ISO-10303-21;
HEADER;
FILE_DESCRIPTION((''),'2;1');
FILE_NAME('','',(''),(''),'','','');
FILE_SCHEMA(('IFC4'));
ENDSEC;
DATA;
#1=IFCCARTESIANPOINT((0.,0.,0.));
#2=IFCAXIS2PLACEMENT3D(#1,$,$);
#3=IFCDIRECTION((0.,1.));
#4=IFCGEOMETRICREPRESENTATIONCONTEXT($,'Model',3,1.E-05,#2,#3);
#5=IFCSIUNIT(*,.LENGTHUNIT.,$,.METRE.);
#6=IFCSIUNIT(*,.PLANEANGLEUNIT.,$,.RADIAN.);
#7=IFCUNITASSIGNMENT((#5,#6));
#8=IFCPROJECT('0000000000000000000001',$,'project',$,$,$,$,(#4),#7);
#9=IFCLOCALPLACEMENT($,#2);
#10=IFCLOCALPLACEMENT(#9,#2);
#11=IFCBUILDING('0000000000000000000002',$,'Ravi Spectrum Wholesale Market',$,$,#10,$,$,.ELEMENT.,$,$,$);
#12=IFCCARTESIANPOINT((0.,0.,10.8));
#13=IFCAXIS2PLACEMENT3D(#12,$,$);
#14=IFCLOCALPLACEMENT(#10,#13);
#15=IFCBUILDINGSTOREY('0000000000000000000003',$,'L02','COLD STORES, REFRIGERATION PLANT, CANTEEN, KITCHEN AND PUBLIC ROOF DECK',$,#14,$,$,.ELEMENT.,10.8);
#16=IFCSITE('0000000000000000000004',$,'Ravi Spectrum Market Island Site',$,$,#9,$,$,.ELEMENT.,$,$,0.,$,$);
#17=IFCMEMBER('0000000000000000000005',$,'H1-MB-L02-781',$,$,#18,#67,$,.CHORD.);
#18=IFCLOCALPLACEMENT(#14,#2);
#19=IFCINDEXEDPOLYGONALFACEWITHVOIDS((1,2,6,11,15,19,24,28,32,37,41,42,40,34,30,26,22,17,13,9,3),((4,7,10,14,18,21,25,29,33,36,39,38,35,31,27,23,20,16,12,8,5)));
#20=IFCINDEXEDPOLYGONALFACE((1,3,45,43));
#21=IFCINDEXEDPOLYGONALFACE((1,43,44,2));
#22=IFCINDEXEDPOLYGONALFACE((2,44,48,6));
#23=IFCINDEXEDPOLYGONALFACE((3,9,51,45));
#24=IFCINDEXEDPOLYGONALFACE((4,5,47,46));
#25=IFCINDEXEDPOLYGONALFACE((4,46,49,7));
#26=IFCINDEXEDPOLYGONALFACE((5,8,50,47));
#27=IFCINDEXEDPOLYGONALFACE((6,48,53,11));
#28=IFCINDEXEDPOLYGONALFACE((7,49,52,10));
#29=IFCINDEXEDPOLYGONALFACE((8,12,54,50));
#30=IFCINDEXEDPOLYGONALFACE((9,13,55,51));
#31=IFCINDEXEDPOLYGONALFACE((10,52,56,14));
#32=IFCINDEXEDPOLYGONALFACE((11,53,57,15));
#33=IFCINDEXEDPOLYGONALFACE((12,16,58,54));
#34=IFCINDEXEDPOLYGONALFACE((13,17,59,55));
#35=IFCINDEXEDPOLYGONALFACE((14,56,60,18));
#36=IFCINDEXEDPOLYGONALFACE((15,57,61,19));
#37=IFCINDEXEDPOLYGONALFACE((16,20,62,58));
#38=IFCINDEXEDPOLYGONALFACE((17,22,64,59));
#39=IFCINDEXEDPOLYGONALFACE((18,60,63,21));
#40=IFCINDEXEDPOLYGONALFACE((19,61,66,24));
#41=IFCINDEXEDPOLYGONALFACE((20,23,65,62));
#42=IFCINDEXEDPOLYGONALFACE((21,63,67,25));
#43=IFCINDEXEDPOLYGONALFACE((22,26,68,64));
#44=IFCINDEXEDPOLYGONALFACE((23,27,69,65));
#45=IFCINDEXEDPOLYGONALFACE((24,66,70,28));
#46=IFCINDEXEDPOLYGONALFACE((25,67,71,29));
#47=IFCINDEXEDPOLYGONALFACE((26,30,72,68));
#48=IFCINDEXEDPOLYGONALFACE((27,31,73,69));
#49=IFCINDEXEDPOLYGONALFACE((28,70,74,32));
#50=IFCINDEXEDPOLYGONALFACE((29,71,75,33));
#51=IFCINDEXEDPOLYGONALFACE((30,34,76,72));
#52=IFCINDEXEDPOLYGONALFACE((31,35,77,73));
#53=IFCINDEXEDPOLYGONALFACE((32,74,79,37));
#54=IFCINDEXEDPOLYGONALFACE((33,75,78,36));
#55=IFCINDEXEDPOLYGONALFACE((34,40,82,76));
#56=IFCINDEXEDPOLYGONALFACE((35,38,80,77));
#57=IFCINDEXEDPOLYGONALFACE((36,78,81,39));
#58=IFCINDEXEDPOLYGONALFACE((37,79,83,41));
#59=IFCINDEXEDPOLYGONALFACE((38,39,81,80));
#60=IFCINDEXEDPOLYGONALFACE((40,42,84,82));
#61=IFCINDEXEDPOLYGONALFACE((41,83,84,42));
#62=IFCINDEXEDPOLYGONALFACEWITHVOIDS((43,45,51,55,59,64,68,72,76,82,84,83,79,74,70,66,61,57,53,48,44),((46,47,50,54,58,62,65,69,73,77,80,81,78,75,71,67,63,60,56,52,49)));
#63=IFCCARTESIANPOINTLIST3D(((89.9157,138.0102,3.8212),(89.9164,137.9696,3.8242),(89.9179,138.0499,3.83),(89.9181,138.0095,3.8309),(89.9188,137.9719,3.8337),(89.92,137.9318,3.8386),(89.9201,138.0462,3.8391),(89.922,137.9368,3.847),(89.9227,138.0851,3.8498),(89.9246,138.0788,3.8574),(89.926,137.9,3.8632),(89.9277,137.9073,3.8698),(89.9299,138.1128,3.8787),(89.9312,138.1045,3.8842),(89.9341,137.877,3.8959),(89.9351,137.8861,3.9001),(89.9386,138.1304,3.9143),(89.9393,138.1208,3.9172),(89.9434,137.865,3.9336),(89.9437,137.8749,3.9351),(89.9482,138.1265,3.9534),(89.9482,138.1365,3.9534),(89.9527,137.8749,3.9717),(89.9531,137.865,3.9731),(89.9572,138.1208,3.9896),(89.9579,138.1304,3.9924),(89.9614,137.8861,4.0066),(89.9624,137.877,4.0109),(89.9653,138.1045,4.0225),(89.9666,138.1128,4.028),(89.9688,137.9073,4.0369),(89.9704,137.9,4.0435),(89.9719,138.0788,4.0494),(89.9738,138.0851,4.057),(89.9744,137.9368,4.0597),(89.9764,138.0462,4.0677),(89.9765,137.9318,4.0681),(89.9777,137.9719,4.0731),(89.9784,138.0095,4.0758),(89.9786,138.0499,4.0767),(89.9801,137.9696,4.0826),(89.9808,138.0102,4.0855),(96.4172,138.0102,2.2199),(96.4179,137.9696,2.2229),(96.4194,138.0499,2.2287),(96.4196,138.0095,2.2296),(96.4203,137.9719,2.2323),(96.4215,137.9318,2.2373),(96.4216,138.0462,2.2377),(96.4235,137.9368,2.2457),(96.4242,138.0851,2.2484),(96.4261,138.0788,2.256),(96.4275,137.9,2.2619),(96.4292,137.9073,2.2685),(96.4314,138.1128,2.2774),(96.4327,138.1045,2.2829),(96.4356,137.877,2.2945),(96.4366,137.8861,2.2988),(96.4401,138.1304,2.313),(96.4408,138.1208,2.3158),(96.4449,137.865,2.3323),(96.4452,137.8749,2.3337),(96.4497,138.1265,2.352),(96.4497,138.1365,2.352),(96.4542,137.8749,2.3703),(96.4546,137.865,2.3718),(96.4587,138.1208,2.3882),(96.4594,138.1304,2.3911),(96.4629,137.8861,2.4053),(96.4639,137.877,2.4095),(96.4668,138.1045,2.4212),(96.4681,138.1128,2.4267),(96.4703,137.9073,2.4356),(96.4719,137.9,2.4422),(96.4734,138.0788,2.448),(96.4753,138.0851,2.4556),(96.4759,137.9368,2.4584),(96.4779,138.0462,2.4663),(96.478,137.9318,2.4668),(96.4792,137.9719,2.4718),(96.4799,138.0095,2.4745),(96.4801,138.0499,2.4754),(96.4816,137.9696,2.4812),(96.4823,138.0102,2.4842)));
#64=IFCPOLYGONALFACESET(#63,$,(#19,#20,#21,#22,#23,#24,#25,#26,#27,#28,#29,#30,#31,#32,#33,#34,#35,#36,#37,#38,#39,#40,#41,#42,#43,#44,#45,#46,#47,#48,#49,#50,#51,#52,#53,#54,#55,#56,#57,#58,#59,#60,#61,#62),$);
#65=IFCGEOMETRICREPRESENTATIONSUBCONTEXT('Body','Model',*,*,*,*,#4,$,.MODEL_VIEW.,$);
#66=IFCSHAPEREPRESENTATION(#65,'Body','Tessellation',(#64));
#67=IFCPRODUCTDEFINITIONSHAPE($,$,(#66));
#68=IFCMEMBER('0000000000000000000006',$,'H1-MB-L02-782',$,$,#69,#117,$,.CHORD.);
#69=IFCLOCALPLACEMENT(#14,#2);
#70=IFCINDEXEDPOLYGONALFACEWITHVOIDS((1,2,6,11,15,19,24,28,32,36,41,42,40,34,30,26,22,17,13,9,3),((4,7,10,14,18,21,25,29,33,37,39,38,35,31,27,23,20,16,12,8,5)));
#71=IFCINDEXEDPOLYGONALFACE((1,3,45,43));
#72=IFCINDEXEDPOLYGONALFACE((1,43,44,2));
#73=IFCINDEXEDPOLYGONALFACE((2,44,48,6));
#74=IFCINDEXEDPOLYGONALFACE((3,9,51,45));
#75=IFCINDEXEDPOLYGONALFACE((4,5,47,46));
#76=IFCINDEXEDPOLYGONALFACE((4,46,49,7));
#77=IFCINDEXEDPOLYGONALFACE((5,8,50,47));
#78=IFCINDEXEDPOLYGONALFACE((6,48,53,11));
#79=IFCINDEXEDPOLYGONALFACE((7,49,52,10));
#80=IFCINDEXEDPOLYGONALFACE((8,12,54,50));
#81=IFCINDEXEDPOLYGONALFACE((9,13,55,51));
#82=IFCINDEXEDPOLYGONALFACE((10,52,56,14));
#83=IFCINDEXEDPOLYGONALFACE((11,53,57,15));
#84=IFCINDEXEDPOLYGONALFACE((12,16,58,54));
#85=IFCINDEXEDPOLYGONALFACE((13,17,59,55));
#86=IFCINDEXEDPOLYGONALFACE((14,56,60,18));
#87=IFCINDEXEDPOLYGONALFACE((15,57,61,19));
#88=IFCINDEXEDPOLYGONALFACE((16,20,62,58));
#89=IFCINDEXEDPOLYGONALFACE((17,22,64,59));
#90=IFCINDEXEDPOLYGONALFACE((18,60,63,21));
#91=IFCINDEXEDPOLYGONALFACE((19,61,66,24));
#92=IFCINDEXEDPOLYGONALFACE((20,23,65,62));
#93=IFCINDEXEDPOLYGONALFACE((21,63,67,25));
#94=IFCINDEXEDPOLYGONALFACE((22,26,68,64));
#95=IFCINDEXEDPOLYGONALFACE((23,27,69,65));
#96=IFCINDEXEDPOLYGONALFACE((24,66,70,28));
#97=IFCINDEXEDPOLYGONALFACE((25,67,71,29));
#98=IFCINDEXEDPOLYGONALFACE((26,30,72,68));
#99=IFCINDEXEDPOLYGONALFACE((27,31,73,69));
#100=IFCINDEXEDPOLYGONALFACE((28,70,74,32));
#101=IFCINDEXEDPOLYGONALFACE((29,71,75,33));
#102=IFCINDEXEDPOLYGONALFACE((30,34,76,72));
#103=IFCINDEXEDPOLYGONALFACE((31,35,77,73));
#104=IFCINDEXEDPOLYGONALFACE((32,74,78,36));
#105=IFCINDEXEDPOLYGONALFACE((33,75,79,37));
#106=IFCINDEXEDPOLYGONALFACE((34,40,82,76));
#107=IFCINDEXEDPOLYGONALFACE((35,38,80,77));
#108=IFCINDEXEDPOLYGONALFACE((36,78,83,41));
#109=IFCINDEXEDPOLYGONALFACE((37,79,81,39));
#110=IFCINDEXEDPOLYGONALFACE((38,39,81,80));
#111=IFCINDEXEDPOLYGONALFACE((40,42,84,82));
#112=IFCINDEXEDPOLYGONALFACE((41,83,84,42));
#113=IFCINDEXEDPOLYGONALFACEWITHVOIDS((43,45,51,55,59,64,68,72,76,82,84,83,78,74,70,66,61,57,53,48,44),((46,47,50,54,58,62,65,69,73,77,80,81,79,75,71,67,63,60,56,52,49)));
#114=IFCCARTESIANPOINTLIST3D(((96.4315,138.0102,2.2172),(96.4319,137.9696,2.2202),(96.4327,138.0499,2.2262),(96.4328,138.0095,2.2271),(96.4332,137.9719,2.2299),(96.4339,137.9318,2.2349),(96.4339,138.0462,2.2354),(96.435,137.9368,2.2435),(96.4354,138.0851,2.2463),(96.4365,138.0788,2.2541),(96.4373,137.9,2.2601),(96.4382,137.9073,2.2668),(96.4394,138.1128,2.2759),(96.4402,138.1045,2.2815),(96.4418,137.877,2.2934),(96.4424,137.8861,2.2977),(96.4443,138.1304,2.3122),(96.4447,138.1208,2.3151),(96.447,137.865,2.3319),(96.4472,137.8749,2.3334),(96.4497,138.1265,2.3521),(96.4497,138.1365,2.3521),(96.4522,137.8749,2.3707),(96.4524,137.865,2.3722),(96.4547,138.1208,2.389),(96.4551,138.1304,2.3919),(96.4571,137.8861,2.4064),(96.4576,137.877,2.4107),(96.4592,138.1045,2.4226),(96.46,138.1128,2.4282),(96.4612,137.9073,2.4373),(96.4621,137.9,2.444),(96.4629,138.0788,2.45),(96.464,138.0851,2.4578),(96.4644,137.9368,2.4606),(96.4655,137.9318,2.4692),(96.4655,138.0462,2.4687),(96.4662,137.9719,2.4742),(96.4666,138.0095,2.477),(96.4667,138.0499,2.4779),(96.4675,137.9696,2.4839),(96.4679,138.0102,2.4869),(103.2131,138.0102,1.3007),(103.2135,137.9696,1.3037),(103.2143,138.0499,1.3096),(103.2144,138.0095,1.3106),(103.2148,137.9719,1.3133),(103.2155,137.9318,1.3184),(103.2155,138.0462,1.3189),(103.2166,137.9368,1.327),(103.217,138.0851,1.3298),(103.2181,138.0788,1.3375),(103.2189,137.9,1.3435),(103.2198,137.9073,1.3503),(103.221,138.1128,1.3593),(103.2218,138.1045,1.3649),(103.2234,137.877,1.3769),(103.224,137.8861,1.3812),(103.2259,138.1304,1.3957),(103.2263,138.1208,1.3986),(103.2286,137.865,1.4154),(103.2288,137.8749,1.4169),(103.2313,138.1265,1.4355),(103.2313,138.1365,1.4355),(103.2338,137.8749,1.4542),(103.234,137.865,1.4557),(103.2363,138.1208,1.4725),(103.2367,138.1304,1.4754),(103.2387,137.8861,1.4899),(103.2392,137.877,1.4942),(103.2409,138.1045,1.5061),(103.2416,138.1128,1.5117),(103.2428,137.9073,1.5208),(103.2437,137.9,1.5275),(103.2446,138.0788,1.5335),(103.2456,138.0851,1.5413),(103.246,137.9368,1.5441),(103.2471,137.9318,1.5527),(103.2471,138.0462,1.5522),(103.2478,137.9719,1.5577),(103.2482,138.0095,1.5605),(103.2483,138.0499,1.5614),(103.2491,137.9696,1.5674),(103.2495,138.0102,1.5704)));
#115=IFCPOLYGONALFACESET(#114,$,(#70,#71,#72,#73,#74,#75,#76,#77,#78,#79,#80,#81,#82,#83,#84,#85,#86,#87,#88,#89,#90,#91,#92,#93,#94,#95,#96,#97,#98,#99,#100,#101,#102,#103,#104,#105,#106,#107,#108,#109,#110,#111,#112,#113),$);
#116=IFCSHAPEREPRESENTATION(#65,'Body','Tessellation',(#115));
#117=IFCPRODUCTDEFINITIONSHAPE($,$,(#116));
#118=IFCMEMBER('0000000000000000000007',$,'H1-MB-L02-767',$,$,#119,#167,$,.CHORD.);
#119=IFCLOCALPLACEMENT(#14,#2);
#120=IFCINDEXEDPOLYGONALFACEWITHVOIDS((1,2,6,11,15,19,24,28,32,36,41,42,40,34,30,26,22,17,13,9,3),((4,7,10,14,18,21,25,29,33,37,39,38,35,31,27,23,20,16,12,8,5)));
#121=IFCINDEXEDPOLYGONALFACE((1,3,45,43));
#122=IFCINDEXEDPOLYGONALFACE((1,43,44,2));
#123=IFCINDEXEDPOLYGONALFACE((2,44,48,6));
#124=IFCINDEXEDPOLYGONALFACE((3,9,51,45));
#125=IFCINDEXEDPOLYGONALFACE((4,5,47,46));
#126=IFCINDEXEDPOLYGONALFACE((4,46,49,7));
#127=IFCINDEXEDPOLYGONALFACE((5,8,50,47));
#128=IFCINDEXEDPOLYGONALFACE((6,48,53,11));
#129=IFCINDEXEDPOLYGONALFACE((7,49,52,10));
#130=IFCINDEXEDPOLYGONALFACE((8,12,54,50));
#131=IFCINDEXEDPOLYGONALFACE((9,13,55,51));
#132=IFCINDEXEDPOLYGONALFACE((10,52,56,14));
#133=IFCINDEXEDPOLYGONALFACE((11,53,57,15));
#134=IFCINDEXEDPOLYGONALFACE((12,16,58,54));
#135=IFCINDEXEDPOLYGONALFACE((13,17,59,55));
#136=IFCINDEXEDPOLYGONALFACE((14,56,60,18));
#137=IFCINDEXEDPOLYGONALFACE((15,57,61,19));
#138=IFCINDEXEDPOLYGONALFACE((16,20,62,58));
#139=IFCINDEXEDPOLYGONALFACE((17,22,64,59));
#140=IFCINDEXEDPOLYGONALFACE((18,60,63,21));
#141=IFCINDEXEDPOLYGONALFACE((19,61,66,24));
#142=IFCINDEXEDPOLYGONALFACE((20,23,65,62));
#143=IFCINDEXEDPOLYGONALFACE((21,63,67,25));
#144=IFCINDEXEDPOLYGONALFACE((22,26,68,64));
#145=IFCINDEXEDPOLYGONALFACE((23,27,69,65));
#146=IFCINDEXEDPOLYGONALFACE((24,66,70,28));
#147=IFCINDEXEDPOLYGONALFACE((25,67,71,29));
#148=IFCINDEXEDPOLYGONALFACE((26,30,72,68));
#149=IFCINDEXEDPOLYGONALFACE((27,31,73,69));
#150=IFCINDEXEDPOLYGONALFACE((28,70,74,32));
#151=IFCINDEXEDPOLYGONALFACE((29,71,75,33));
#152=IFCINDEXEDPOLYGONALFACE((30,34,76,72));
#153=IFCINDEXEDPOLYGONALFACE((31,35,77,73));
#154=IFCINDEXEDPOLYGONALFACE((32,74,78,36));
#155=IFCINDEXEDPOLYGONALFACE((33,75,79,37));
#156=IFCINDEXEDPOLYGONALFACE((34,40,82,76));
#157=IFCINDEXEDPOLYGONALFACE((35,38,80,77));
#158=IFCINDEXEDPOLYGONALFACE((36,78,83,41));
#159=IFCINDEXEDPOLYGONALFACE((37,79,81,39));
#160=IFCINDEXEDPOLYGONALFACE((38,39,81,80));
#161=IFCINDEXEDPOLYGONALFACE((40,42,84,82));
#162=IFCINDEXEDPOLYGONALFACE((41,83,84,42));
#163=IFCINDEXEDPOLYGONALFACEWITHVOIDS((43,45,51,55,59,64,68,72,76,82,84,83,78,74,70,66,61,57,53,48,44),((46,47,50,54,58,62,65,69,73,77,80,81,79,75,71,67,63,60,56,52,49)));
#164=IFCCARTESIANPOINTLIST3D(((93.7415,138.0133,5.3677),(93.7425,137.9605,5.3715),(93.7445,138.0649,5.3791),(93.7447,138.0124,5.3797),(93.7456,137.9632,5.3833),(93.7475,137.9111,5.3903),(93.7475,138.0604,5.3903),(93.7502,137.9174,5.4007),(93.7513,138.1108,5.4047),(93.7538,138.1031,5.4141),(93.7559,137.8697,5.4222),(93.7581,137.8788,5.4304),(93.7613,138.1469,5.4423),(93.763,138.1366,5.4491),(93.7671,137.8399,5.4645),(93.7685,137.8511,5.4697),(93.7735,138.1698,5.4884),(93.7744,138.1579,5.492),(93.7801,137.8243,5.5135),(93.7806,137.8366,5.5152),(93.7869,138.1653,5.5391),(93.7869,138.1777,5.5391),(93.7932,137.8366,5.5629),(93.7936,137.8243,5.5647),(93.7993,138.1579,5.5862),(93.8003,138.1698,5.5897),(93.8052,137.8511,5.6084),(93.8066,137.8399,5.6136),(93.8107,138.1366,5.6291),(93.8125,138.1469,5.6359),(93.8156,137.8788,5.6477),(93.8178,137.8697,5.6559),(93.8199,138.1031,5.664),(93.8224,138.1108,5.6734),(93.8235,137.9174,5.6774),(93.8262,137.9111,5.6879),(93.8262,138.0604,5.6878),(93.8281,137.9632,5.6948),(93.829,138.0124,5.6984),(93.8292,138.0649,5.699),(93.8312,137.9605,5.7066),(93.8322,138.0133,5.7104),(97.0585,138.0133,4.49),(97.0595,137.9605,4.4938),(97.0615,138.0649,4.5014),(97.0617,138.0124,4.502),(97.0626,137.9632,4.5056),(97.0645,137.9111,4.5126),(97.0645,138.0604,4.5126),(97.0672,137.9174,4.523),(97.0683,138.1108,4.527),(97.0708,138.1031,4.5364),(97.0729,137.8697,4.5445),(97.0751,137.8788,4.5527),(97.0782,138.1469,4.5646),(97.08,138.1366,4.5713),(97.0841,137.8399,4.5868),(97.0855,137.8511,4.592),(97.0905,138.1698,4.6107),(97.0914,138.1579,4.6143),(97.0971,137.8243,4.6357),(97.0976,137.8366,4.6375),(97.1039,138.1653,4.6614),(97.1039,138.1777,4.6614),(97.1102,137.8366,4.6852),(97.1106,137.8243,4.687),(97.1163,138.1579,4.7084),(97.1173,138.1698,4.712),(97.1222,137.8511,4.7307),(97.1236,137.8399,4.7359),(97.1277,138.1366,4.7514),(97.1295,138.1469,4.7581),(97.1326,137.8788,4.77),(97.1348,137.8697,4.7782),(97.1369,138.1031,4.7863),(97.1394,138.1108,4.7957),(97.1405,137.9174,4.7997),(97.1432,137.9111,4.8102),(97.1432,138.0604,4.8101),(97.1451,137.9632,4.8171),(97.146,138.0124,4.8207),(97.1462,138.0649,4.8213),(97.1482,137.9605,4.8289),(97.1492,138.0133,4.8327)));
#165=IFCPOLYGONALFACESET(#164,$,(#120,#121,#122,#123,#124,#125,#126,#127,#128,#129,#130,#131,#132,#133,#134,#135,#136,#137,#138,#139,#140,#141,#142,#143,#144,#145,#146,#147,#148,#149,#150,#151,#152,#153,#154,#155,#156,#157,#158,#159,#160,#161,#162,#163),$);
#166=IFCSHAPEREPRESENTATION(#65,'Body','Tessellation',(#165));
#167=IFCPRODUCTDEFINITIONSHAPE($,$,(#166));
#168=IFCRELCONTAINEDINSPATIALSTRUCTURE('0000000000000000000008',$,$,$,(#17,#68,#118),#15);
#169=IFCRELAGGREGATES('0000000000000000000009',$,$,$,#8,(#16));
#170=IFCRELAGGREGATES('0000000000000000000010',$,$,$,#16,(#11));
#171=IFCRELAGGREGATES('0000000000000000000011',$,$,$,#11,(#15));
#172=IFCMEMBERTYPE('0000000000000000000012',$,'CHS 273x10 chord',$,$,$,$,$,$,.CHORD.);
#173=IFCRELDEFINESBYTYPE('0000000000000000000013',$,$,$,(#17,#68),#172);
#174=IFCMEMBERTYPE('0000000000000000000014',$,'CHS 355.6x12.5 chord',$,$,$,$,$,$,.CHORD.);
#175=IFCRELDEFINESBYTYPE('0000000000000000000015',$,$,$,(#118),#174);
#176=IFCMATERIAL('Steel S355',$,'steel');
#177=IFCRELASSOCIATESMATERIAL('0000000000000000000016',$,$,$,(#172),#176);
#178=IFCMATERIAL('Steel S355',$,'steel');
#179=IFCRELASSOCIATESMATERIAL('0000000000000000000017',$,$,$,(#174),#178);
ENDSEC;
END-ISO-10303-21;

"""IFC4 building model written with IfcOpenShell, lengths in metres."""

from ifc_helpers import new_model, si_unit, direction, frame, origin, origin_2d, place, context, subcontext, project, spatial, hollow_circle, extrude, material, material_profile, profile_set, type_object, element, save


model = new_model("IFC4")

# Units and contexts
model_context = context("Model", 3, precision=1e-05, world=origin(), true_north=direction((0.0, 1.0)))
body_context = subcontext(model_context, "Body", "Model", "MODEL_VIEW")
ifc_project = project(units=[si_unit("LENGTHUNIT", "METRE"), si_unit("PLANEANGLEUNIT", "RADIAN")], contexts=[model_context])

# Site, building, storey
site_placement = place(None, origin())
site = spatial("IfcSite", under=ifc_project, at=site_placement, Name="Ravi Spectrum Market Island Site", CompositionType="ELEMENT", RefElevation=0.0)
building_placement = place(site_placement, origin())
building = spatial("IfcBuilding", under=site, at=building_placement, Name="Ravi Spectrum Wholesale Market", CompositionType="ELEMENT")
storey_placement = place(building_placement, frame((0.0, 0.0, 10.8)))
storey = spatial("IfcBuildingStorey", under=building, at=storey_placement, Name="L02", Description="COLD STORES, REFRIGERATION PLANT, CANTEEN, KITCHEN AND PUBLIC ROOF DECK", CompositionType="ELEMENT", Elevation=10.8)

# Members
ifc_material_1 = material(Name="Steel S355", Category="steel")
ifc_material_profile_1 = material_profile(ifc_material_1, hollow_circle(Radius=0.1365, WallThickness=0.01, at=origin_2d()))
ifc_profile_set_1 = profile_set([ifc_material_profile_1], Name="Steel S355")
member_type_1 = type_object("IfcMemberType", Name="CHS 273x10 chord", PredefinedType="CHORD", material=ifc_profile_set_1)
member_1_placement = place(storey_placement, frame((89.9482, 138.0, 3.9534), z_axis=(0.970982, 0.0, -0.239154), x_axis=(0.0, 1.0, 0.0)))
element("IfcMember", 1, at=member_1_placement, inside=storey, type_object=member_type_1, Name="H1-MB-L02-781", PredefinedType="CHORD", context=body_context, shape_type="SweptSolid", body=[
    extrude(hollow_circle(Radius=0.1365, WallThickness=0.01, at=origin_2d()), origin(), (0.0, 0.0, 1.0), 6.6958),
])
member_2_placement = place(storey_placement, frame((96.4497, 138.0, 2.3521), z_axis=(0.990991, 0.0, -0.13393), x_axis=(0.0, 1.0, 0.0)))
element("IfcMember", 2, at=member_2_placement, inside=storey, type_object=member_type_1, Name="H1-MB-L02-782", PredefinedType="CHORD", context=body_context, shape_type="SweptSolid", body=[
    extrude(hollow_circle(Radius=0.1365, WallThickness=0.01, at=origin_2d()), origin(), (0.0, 0.0, 1.0), 6.8433),
])
ifc_material_2 = material(Name="Steel S355", Category="steel")
ifc_material_profile_2 = material_profile(ifc_material_2, hollow_circle(Radius=0.1777, WallThickness=0.0125, at=origin_2d()))
ifc_profile_set_2 = profile_set([ifc_material_profile_2], Name="Steel S355")
member_type_2 = type_object("IfcMemberType", Name="CHS 355.6x12.5 chord", PredefinedType="CHORD", material=ifc_profile_set_2)
for number, where, z_axis, x_axis, name in (
    (3, (93.7869, 138.0, 5.5391), (0.966728, 0.0, -0.255807), (0.0, 1.0, 0.0), "H1-MB-L02-767"),
):
    element("IfcMember", number, at=place(storey_placement, frame(where, z_axis=z_axis, x_axis=x_axis)), inside=storey, type_object=member_type_2, Name=name, PredefinedType="CHORD", context=body_context, shape_type="SweptSolid", body=[
        extrude(hollow_circle(Radius=0.1777, WallThickness=0.0125, at=origin_2d()), origin(), (0.0, 0.0, 1.0), 3.4312),
    ])

save(model, "model.ifc")
